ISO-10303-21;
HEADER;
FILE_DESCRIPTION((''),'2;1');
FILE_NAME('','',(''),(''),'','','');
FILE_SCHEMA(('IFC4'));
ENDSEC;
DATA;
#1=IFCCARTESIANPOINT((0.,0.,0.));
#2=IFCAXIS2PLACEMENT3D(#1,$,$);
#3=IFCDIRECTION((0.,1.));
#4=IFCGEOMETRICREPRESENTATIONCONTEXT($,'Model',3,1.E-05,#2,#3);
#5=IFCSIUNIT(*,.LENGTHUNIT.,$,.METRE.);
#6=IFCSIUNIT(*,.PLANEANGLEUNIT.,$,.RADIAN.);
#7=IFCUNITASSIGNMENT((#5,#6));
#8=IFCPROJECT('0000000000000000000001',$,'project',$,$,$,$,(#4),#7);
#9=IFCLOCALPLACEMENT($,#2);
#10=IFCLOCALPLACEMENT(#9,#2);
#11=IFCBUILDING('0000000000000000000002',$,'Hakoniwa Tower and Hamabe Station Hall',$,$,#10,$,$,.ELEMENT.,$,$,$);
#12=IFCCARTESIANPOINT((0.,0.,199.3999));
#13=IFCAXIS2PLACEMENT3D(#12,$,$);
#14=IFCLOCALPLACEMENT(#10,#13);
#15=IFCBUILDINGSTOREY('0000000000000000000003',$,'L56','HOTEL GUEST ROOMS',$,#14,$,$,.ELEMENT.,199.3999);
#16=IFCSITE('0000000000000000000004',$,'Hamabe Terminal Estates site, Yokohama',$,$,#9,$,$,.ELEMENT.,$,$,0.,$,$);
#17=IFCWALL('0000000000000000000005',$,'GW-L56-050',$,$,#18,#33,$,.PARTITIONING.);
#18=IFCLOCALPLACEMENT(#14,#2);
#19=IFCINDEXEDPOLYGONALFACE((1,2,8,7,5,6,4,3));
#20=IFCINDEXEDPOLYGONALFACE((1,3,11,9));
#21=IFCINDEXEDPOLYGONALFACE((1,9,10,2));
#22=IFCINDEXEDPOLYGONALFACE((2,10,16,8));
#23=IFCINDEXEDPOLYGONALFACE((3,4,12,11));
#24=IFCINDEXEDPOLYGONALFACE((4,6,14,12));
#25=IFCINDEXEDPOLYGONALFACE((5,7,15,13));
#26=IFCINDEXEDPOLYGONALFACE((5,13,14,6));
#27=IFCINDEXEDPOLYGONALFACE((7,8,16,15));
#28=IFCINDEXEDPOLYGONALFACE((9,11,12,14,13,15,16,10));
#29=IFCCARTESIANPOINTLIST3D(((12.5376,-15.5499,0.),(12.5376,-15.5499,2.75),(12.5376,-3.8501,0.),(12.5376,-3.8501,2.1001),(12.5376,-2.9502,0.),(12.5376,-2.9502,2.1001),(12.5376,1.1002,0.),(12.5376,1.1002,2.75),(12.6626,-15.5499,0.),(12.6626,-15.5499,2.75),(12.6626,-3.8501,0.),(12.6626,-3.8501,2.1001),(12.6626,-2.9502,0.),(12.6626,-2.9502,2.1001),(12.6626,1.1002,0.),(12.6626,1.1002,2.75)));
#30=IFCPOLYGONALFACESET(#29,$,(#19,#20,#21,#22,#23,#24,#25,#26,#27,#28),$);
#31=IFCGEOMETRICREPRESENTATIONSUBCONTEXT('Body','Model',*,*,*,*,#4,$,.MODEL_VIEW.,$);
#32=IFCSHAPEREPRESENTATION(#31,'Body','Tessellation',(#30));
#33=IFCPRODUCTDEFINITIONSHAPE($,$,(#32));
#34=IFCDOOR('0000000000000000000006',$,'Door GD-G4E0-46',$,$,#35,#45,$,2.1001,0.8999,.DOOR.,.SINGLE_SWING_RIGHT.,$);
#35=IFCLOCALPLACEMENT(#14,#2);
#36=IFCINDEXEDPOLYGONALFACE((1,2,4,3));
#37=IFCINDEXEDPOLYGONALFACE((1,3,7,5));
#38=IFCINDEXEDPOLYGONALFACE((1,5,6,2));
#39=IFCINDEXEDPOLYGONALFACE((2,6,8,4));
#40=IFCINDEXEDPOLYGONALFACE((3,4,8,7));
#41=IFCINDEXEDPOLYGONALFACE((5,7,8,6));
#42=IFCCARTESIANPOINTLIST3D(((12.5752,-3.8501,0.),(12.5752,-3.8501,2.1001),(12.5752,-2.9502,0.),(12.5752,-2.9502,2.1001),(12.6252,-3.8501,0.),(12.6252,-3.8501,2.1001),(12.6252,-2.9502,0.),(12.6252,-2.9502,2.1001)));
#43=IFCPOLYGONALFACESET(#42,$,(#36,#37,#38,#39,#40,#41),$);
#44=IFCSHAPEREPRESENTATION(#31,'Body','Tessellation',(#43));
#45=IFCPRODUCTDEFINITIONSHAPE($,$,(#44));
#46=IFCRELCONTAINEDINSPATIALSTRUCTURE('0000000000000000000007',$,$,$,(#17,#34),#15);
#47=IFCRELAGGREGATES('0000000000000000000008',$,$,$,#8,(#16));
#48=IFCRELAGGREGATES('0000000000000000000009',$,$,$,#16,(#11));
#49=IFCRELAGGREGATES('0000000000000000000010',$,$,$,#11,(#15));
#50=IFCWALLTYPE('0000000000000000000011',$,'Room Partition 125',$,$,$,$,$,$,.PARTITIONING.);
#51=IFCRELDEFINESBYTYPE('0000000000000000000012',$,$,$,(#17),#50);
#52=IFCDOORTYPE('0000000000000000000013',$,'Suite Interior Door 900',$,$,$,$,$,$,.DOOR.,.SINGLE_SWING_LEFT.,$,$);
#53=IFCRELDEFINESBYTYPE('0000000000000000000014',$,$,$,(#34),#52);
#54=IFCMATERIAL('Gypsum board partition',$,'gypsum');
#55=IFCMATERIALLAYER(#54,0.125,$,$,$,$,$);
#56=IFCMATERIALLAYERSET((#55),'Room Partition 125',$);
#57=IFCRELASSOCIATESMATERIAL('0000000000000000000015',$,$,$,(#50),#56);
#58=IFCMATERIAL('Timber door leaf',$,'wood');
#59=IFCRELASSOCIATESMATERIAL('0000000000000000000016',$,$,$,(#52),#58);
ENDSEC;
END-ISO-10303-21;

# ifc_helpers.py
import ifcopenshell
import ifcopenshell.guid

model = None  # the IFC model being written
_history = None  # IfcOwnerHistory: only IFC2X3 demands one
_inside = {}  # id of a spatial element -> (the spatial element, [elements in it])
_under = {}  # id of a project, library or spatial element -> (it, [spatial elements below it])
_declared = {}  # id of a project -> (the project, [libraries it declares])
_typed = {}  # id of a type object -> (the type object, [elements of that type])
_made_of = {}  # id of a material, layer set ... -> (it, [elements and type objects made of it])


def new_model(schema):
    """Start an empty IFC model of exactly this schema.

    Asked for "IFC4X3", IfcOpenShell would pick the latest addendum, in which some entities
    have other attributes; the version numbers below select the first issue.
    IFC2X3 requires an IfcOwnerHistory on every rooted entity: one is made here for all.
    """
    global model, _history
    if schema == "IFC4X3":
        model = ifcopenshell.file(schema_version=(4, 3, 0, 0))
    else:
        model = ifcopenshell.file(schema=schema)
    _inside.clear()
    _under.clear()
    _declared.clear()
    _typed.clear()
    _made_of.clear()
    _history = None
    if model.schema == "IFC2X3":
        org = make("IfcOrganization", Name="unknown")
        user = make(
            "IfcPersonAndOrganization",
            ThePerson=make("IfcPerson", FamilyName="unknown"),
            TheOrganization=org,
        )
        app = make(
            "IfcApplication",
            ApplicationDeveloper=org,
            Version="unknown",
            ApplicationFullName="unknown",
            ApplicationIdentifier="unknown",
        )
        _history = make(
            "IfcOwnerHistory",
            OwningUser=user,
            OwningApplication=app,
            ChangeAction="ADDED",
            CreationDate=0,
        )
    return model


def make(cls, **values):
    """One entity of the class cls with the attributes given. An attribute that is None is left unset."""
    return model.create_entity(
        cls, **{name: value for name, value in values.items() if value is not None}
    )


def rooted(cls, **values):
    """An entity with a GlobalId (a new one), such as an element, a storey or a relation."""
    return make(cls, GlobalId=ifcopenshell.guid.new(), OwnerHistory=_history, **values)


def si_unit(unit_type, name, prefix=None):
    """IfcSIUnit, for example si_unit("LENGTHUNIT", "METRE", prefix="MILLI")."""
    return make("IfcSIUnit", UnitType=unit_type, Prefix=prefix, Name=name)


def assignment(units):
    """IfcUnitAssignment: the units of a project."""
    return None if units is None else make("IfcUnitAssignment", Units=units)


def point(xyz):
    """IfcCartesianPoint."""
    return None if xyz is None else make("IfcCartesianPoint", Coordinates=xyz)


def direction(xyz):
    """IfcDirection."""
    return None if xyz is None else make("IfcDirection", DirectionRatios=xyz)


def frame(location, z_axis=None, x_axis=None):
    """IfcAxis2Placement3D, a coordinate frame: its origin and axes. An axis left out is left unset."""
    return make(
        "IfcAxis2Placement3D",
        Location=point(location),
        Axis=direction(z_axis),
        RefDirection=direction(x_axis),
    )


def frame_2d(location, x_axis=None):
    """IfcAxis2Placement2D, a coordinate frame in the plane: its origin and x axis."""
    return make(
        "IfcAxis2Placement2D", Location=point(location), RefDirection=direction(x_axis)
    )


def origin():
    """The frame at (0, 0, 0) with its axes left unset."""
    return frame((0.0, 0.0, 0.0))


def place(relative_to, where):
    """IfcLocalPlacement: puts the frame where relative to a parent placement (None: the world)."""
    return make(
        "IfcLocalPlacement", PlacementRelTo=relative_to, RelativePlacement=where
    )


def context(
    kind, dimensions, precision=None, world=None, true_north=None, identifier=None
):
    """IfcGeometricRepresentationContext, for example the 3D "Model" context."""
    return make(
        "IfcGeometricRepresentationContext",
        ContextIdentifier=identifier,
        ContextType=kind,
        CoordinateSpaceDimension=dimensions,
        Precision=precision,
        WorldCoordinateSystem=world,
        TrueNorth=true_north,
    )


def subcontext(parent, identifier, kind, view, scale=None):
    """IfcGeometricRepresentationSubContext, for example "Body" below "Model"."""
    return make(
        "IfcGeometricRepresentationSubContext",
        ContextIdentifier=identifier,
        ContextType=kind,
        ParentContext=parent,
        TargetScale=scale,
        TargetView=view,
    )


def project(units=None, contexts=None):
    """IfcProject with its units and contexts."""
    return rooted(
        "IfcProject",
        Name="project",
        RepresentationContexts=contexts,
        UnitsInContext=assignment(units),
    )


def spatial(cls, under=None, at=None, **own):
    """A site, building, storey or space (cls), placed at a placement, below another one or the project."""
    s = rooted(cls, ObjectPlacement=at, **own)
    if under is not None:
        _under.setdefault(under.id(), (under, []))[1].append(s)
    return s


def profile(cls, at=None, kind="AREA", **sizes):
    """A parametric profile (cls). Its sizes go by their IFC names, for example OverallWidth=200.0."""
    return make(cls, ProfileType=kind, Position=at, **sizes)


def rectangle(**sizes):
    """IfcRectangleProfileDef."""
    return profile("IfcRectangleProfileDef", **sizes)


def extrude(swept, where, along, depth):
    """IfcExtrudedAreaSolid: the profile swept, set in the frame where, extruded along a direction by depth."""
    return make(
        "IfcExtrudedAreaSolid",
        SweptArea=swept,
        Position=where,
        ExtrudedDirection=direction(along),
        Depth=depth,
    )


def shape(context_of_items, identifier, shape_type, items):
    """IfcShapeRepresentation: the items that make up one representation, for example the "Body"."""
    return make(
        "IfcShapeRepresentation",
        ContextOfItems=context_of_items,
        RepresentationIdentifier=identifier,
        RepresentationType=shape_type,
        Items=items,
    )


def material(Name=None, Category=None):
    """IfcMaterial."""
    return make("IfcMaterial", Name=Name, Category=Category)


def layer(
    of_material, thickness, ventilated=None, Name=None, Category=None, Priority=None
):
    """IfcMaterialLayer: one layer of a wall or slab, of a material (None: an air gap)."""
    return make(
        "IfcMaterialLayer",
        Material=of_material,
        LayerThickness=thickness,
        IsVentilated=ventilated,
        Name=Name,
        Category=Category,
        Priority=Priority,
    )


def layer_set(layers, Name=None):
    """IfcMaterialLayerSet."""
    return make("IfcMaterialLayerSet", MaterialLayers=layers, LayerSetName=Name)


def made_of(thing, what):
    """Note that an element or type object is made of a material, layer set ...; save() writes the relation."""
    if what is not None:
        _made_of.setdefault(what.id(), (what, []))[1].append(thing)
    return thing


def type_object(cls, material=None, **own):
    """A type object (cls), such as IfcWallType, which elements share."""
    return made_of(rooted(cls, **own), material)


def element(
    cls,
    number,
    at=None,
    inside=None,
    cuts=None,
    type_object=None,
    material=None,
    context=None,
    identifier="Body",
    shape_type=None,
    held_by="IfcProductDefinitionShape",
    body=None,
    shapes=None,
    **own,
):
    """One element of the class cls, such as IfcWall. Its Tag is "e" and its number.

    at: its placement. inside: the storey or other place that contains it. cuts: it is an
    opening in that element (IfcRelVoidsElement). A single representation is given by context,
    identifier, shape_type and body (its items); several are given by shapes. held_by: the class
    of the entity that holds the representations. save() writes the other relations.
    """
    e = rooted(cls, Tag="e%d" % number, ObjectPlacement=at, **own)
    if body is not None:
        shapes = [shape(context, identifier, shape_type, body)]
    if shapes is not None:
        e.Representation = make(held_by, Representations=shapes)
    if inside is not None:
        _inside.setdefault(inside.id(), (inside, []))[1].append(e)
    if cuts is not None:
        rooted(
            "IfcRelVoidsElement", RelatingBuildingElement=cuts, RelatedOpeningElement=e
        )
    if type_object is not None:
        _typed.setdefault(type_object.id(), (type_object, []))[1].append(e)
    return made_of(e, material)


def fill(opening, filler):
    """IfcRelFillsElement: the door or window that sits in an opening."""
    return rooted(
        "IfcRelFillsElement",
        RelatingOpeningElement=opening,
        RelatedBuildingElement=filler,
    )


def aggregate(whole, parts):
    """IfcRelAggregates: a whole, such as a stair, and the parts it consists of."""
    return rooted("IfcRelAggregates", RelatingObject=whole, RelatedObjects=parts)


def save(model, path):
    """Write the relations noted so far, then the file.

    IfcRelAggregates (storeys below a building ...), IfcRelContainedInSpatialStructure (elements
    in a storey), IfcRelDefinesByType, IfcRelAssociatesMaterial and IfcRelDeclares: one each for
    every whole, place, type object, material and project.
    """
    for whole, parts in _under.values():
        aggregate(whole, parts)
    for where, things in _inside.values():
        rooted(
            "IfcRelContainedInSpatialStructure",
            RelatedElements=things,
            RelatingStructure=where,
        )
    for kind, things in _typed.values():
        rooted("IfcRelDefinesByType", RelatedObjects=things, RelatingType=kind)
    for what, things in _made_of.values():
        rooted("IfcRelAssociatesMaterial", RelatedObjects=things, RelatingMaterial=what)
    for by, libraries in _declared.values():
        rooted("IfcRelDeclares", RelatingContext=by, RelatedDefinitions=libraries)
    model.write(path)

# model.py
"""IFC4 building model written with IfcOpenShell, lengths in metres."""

from ifc_helpers import new_model, si_unit, direction, frame, frame_2d, origin, place, context, subcontext, project, spatial, rectangle, extrude, material, layer, layer_set, type_object, element, fill, save


model = new_model("IFC4")

# Units and contexts
model_context = context("Model", 3, precision=1e-05, world=origin(), true_north=direction((0.0, 1.0)))
body_context = subcontext(model_context, "Body", "Model", "MODEL_VIEW")
ifc_project = project(units=[si_unit("LENGTHUNIT", "METRE"), si_unit("PLANEANGLEUNIT", "RADIAN")], contexts=[model_context])

# Site, building, storey
site_placement = place(None, origin())
site = spatial("IfcSite", under=ifc_project, at=site_placement, Name="Hamabe Terminal Estates site, Yokohama", CompositionType="ELEMENT", RefElevation=0.0)
building_placement = place(site_placement, origin())
building = spatial("IfcBuilding", under=site, at=building_placement, Name="Hakoniwa Tower and Hamabe Station Hall", CompositionType="ELEMENT")
storey_placement = place(building_placement, frame((0.0, 0.0, 199.3999)))
storey = spatial("IfcBuildingStorey", under=building, at=storey_placement, Name="L56", Description="HOTEL GUEST ROOMS", CompositionType="ELEMENT", Elevation=199.3999)

# Wall, opening, door
ifc_material_1 = material(Name="Gypsum board partition", Category="gypsum")
ifc_layer_1 = layer(ifc_material_1, 0.125)
ifc_layer_set_1 = layer_set([ifc_layer_1], Name="Room Partition 125")
wall_type_1 = type_object("IfcWallType", Name="Room Partition 125", PredefinedType="PARTITIONING", material=ifc_layer_set_1)
ifc_material_2 = material(Name="Timber door leaf", Category="wood")
door_type_1 = type_object("IfcDoorType", Name="Suite Interior Door 900", OperationType="SINGLE_SWING_LEFT", PredefinedType="DOOR", material=ifc_material_2)
wall_1_placement = place(storey_placement, frame((12.6001, -15.55, 0.0), z_axis=(0.0, 0.0, 1.0), x_axis=(0.0, 1.0, 0.0)))
wall_1 = element("IfcWall", 1, at=wall_1_placement, inside=storey, type_object=wall_type_1, Name="GW-L56-050", PredefinedType="PARTITIONING", context=body_context, shape_type="SweptSolid", body=[
    extrude(rectangle(XDim=16.6501, YDim=0.125, at=frame_2d((8.3252, 0.0))), origin(), (0.0, 0.0, 1.0), 2.75),
])
opening_1_placement = place(wall_1_placement, frame((11.7, 0.0, 0.0)))
opening_1 = element("IfcOpeningElement", 2, at=opening_1_placement, cuts=wall_1, PredefinedType="OPENING", context=body_context, shape_type="SweptSolid", body=[
    extrude(rectangle(XDim=0.8999, YDim=2.1001, at=frame_2d((0.45, 1.05))), frame((0.0, 0.0725, 0.0), z_axis=(0.0, -1.0, 0.0), x_axis=(1.0, 0.0, 0.0)), (0.0, 0.0, 1.0), 0.145),
])
door_1_placement = place(opening_1_placement, origin())
door_1 = element("IfcDoor", 3, at=door_1_placement, inside=storey, type_object=door_type_1, Name="Door GD-G4E0-46", OperationType="SINGLE_SWING_RIGHT", OverallHeight=2.1001, OverallWidth=0.8999, PredefinedType="DOOR", context=body_context, shape_type="SweptSolid", body=[
    extrude(rectangle(XDim=0.8999, YDim=2.1001, at=frame_2d((0.45, 1.05))), frame((0.0, 0.0249, 0.0), z_axis=(0.0, -1.0, 0.0), x_axis=(1.0, 0.0, 0.0)), (0.0, 0.0, 1.0), 0.05),
])
fill(opening_1, door_1)

save(model, "model.ifc")
